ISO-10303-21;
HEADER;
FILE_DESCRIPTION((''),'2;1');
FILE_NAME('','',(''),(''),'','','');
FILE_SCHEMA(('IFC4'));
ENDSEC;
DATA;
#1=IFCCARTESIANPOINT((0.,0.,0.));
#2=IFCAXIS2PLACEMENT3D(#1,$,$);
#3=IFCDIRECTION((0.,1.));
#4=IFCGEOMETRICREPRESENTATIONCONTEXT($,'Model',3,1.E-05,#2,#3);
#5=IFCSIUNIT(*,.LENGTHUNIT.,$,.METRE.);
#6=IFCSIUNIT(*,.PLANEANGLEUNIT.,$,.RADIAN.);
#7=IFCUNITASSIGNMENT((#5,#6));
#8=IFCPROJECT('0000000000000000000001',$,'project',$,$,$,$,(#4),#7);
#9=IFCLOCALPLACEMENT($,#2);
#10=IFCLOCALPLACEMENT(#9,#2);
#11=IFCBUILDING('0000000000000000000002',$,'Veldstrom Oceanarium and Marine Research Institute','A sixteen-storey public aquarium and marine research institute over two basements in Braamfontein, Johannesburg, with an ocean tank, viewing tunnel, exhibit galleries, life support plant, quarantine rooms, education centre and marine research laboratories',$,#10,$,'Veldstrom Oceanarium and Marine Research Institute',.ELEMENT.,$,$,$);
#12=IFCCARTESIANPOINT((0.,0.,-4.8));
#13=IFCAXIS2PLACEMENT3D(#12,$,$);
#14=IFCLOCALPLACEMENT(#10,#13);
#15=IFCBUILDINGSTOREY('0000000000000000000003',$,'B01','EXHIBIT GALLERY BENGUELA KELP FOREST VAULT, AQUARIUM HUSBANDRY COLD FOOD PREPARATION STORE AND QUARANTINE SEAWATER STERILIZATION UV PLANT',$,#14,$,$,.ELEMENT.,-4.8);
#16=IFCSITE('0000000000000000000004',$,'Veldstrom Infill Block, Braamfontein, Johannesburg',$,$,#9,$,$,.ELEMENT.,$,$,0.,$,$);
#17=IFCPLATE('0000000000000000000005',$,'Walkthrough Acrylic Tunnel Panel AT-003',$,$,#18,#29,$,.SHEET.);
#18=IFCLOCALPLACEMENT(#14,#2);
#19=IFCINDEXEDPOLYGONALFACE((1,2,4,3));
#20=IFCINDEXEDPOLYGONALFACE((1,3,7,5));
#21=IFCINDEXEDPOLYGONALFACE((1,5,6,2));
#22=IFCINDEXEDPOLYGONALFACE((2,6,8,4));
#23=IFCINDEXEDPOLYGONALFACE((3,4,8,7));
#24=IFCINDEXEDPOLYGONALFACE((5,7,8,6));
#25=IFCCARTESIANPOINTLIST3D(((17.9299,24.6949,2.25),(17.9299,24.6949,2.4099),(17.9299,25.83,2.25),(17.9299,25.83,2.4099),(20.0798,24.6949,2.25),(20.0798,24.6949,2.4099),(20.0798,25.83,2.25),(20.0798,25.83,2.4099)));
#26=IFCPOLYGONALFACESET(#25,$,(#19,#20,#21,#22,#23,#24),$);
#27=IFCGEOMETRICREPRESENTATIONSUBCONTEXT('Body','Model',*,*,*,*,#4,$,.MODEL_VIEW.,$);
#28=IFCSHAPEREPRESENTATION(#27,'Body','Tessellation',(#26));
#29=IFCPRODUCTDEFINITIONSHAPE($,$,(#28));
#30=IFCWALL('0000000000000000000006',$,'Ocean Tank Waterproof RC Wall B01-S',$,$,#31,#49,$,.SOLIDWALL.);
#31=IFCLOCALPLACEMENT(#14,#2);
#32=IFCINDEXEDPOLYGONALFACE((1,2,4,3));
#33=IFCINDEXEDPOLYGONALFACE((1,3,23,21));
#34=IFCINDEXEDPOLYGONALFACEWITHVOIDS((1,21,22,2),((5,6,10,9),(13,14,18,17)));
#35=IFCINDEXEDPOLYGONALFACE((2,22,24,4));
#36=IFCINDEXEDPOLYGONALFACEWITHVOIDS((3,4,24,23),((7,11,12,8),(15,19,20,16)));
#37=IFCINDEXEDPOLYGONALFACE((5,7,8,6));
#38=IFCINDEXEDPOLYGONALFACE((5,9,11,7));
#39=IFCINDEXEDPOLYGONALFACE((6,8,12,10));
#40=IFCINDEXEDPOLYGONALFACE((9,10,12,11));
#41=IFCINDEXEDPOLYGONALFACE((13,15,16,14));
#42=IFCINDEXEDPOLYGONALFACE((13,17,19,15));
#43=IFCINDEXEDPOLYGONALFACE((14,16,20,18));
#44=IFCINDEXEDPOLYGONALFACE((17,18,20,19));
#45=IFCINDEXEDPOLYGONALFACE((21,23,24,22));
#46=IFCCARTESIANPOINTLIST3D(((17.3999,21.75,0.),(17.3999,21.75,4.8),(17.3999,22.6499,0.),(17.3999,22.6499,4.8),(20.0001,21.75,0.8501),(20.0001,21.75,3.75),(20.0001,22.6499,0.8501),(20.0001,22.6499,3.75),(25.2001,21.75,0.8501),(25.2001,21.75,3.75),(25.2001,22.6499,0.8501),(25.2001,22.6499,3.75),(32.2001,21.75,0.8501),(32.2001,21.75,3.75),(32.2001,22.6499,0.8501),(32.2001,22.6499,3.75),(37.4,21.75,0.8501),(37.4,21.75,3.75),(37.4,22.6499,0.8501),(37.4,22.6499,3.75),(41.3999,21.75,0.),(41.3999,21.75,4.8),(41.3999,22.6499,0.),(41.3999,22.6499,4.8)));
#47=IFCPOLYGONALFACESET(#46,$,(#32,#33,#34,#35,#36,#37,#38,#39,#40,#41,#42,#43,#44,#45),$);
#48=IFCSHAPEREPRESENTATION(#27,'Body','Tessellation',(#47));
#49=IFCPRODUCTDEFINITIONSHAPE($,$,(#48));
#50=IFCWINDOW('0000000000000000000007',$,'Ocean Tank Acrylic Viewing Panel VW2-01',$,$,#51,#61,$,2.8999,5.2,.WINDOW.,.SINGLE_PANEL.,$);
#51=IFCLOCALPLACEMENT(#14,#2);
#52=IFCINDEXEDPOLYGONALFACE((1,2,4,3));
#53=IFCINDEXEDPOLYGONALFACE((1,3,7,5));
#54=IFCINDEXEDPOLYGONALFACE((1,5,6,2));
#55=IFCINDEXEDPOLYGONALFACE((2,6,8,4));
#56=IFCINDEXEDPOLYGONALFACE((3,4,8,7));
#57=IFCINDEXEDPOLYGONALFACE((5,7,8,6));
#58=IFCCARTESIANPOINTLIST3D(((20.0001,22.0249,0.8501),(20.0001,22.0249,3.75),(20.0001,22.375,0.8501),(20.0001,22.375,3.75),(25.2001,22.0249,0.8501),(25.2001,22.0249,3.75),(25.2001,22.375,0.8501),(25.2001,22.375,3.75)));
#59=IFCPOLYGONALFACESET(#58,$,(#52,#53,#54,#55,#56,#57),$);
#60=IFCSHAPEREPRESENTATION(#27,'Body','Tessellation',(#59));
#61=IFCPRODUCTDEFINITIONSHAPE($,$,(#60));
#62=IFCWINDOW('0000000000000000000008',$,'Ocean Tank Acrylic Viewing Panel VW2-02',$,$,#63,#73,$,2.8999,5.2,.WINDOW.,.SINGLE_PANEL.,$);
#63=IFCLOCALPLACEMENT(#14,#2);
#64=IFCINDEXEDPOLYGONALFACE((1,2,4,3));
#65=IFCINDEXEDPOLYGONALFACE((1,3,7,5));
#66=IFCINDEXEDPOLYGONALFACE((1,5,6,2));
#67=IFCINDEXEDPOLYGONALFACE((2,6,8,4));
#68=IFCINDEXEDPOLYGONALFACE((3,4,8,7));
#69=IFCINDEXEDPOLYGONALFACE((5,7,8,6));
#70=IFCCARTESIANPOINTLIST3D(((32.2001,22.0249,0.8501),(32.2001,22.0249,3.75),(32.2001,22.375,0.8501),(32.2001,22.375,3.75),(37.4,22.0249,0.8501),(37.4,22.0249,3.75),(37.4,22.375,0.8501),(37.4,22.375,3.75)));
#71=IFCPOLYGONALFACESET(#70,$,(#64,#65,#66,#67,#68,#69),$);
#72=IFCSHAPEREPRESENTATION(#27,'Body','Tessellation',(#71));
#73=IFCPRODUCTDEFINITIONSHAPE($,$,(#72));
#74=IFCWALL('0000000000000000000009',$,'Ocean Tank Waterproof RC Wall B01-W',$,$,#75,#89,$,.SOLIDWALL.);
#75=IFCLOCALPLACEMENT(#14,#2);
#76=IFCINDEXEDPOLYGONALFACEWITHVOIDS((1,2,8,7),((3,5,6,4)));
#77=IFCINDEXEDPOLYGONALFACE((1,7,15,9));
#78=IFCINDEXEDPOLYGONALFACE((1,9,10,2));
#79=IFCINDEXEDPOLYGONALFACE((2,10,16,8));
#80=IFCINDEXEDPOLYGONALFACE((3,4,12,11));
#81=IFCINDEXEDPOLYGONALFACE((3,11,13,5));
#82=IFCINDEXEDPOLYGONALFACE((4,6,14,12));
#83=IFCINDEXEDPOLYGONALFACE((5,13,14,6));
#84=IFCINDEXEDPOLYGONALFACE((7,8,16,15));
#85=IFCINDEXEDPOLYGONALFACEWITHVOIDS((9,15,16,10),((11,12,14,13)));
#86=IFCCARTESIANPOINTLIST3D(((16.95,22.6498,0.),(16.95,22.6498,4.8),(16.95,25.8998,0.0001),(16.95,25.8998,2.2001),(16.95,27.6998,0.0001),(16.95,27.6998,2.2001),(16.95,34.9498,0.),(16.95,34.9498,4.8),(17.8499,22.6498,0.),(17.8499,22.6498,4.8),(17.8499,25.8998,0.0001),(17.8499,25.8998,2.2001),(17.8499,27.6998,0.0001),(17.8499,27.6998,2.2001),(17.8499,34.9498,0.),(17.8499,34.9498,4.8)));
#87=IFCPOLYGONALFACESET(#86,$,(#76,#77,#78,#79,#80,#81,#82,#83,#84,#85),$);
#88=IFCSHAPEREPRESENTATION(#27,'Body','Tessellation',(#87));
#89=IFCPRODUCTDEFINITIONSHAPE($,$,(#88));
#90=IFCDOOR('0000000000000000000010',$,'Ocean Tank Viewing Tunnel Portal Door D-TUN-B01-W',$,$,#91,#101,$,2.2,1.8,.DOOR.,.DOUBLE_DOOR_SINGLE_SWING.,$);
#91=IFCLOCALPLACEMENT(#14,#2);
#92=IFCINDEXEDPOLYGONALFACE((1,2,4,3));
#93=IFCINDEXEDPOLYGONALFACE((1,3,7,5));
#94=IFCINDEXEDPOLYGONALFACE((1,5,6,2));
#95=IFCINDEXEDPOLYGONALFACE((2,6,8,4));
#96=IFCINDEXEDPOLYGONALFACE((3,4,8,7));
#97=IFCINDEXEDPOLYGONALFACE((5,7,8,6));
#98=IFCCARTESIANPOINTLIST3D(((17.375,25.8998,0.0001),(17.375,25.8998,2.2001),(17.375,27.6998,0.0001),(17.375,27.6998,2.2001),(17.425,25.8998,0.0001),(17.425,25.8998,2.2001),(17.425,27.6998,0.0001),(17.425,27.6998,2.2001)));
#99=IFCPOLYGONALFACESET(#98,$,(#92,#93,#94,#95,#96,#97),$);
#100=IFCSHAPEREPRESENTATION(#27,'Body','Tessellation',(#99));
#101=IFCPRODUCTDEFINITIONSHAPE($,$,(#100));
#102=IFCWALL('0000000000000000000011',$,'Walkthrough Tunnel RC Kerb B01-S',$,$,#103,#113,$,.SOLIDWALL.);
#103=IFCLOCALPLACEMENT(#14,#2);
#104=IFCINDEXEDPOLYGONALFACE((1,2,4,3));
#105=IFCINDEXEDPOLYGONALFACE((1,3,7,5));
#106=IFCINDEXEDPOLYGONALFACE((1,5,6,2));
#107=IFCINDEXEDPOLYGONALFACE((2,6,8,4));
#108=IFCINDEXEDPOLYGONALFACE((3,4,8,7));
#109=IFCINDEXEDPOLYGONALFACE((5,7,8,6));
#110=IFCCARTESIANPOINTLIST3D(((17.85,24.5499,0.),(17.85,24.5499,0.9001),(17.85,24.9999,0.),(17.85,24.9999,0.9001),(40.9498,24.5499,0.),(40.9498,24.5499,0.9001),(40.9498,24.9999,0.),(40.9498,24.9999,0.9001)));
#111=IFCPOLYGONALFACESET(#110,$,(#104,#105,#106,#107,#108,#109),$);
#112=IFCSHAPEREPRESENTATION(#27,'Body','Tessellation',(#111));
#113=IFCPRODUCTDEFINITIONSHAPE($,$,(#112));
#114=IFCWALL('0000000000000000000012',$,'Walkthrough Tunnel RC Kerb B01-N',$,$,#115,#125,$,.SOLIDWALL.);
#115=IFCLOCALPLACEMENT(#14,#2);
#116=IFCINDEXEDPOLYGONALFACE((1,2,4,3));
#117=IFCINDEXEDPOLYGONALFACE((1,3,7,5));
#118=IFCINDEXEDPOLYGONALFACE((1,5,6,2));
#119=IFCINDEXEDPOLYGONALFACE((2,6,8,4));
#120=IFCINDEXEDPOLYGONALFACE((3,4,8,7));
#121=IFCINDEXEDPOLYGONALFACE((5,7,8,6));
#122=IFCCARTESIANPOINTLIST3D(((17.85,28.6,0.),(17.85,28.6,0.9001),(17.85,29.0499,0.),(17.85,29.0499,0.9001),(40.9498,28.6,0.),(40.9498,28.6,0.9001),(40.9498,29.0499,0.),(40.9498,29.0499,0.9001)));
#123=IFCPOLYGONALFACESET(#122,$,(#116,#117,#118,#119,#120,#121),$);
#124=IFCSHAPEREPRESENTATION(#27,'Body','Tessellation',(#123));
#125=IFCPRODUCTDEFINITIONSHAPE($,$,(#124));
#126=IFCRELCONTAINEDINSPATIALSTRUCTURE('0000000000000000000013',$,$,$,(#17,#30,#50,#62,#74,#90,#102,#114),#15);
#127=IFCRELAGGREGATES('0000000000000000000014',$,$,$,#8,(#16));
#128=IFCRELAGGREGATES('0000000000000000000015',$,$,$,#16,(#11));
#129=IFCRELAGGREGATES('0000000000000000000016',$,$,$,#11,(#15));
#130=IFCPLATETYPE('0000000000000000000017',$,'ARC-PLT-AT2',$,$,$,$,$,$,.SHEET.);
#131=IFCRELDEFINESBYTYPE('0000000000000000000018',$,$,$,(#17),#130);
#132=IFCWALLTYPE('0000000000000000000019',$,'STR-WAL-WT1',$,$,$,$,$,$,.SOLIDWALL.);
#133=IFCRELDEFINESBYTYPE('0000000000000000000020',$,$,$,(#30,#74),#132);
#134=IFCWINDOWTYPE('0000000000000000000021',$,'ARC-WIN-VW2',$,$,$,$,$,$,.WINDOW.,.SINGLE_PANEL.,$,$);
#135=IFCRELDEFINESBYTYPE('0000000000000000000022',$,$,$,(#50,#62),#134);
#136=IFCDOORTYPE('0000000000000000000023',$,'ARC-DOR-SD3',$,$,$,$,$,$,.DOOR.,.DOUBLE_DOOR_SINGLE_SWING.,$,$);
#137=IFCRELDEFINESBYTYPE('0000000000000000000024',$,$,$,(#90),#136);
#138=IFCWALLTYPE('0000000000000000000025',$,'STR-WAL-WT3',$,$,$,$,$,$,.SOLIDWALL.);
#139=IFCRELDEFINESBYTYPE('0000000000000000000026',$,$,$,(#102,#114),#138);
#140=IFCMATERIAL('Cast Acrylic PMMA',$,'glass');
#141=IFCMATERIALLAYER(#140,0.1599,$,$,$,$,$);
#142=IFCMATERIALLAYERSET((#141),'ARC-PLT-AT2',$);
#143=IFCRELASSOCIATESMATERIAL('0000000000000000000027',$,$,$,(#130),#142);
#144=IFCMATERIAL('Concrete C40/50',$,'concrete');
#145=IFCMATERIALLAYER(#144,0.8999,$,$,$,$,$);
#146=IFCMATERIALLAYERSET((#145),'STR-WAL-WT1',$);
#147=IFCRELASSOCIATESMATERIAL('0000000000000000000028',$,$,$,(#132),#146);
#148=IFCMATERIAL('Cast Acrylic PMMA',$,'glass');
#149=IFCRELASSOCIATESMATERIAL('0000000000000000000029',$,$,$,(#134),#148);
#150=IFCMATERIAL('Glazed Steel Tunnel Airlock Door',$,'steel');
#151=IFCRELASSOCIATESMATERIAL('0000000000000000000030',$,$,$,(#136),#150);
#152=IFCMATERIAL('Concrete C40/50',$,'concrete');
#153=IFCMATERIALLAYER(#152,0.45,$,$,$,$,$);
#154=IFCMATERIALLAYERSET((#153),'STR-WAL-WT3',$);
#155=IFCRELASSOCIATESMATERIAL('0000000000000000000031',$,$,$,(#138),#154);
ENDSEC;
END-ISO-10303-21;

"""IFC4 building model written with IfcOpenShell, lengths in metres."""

from ifc_helpers import new_model, si_unit, direction, frame, frame_2d, origin, origin_2d, place, context, subcontext, project, spatial, rectangle, extrude, material, layer, layer_set, type_object, element, fill, save


model = new_model("IFC4")

# Units and contexts
model_context = context("Model", 3, precision=1e-05, world=origin(), true_north=direction((0.0, 1.0)))
body_context = subcontext(model_context, "Body", "Model", "MODEL_VIEW")
ifc_project = project(units=[si_unit("LENGTHUNIT", "METRE"), si_unit("PLANEANGLEUNIT", "RADIAN")], contexts=[model_context])

# Site, building, storey
site_placement = place(None, origin())
site = spatial("IfcSite", under=ifc_project, at=site_placement, Name="Veldstrom Infill Block, Braamfontein, Johannesburg", CompositionType="ELEMENT", RefElevation=0.0)
building_placement = place(site_placement, origin())
building = spatial("IfcBuilding", under=site, at=building_placement, Name="Veldstrom Oceanarium and Marine Research Institute", Description="A sixteen-storey public aquarium and marine research institute over two basements in Braamfontein, Johannesburg, with an ocean tank, viewing tunnel, exhibit galleries, life support plant, quarantine rooms, education centre and marine research laboratories", LongName="Veldstrom Oceanarium and Marine Research Institute", CompositionType="ELEMENT")
storey_placement = place(building_placement, frame((0.0, 0.0, -4.8)))
storey = spatial("IfcBuildingStorey", under=building, at=storey_placement, Name="B01", Description="EXHIBIT GALLERY BENGUELA KELP FOREST VAULT, AQUARIUM HUSBANDRY COLD FOOD PREPARATION STORE AND QUARANTINE SEAWATER STERILIZATION UV PLANT", CompositionType="ELEMENT", Elevation=-4.8)

# Plate
ifc_material_1 = material(Name="Cast Acrylic PMMA", Category="glass")
ifc_layer_1 = layer(ifc_material_1, 0.1599)
ifc_layer_set_1 = layer_set([ifc_layer_1], Name="ARC-PLT-AT2")
plate_type_1 = type_object("IfcPlateType", Name="ARC-PLT-AT2", PredefinedType="SHEET", material=ifc_layer_set_1)
plate_1_placement = place(storey_placement, frame((19.0049, 25.2625, 2.25), z_axis=(0.0, 0.0, 1.0), x_axis=(1.0, 0.0, 0.0)))
element("IfcPlate", 1, at=plate_1_placement, inside=storey, type_object=plate_type_1, Name="Walkthrough Acrylic Tunnel Panel AT-003", PredefinedType="SHEET", context=body_context, shape_type="SweptSolid", body=[
    extrude(rectangle(XDim=2.1499, YDim=1.135, at=origin_2d()), origin(), (0.0, 0.0, 1.0), 0.1599),
])

# Wall, openings, windows
ifc_material_2 = material(Name="Concrete C40/50", Category="concrete")
ifc_layer_2 = layer(ifc_material_2, 0.8999)
ifc_layer_set_2 = layer_set([ifc_layer_2], Name="STR-WAL-WT1")
wall_type_1 = type_object("IfcWallType", Name="STR-WAL-WT1", PredefinedType="SOLIDWALL", material=ifc_layer_set_2)
wall_1_placement = place(storey_placement, frame((17.3999, 22.2, 0.0), z_axis=(0.0, 0.0, 1.0), x_axis=(1.0, 0.0, 0.0)))
wall_1 = element("IfcWall", 2, at=wall_1_placement, inside=storey, type_object=wall_type_1, Name="Ocean Tank Waterproof RC Wall B01-S", PredefinedType="SOLIDWALL", context=body_context, shape_type="SweptSolid", body=[
    extrude(rectangle(XDim=24.0, YDim=0.8999, at=frame_2d((12.0, 0.0))), origin(), (0.0, 0.0, 1.0), 4.8),
])
opening_1_placement = place(wall_1_placement, frame((2.6001, 0.0, 0.8501)))
opening_1 = element("IfcOpeningElement", 3, at=opening_1_placement, cuts=wall_1, PredefinedType="OPENING", context=body_context, shape_type="SweptSolid", body=[
    extrude(rectangle(XDim=5.2, YDim=2.8999, at=frame_2d((2.6001, 1.45))), frame((0.0, 0.46, 0.0), z_axis=(0.0, -1.0, 0.0), x_axis=(1.0, 0.0, 0.0)), (0.0, 0.0, 1.0), 0.9199),
])
opening_2_placement = place(wall_1_placement, frame((14.8, 0.0, 0.8501)))
opening_2 = element("IfcOpeningElement", 4, at=opening_2_placement, cuts=wall_1, PredefinedType="OPENING", context=body_context, shape_type="SweptSolid", body=[
    extrude(rectangle(XDim=5.2, YDim=2.8999, at=frame_2d((2.6001, 1.45))), frame((0.0, 0.46, 0.0), z_axis=(0.0, -1.0, 0.0), x_axis=(1.0, 0.0, 0.0)), (0.0, 0.0, 1.0), 0.9199),
])
ifc_material_3 = material(Name="Cast Acrylic PMMA", Category="glass")
window_type = type_object("IfcWindowType", Name="ARC-WIN-VW2", PartitioningType="SINGLE_PANEL", PredefinedType="WINDOW", material=ifc_material_3)
window_1_placement = place(opening_1_placement, origin())
window_1 = element("IfcWindow", 5, at=window_1_placement, inside=storey, type_object=window_type, Name="Ocean Tank Acrylic Viewing Panel VW2-01", OverallHeight=2.8999, OverallWidth=5.2, PartitioningType="SINGLE_PANEL", PredefinedType="WINDOW", context=body_context, shape_type="SweptSolid", body=[
    extrude(rectangle(XDim=5.2, YDim=2.8999, at=frame_2d((2.6001, 1.45))), frame((0.0, 0.175, 0.0), z_axis=(0.0, -1.0, 0.0), x_axis=(1.0, 0.0, 0.0)), (0.0, 0.0, 1.0), 0.3501),
])
fill(opening_1, window_1)
window_2_placement = place(opening_2_placement, origin())
window_2 = element("IfcWindow", 6, at=window_2_placement, inside=storey, type_object=window_type, Name="Ocean Tank Acrylic Viewing Panel VW2-02", OverallHeight=2.8999, OverallWidth=5.2, PartitioningType="SINGLE_PANEL", PredefinedType="WINDOW", context=body_context, shape_type="SweptSolid", body=[
    extrude(rectangle(XDim=5.2, YDim=2.8999, at=frame_2d((2.6001, 1.45))), frame((0.0, 0.175, 0.0), z_axis=(0.0, -1.0, 0.0), x_axis=(1.0, 0.0, 0.0)), (0.0, 0.0, 1.0), 0.3501),
])
fill(opening_2, window_2)

# Wall, opening, door
wall_2_placement = place(storey_placement, frame((17.3999, 22.6499, 0.0), z_axis=(0.0, 0.0, 1.0), x_axis=(0.0, 1.0, 0.0)))
wall_2 = element("IfcWall", 7, at=wall_2_placement, inside=storey, type_object=wall_type_1, Name="Ocean Tank Waterproof RC Wall B01-W", PredefinedType="SOLIDWALL", context=body_context, shape_type="SweptSolid", body=[
    extrude(rectangle(XDim=12.3, YDim=0.8999, at=frame_2d((6.1499, 0.0))), origin(), (0.0, 0.0, 1.0), 4.8),
])
opening_3_placement = place(wall_2_placement, frame((3.25, 0.0, 0.0)))
opening_3 = element("IfcOpeningElement", 8, at=opening_3_placement, cuts=wall_2, PredefinedType="OPENING", context=body_context, shape_type="SweptSolid", body=[
    extrude(rectangle(XDim=1.8, YDim=2.2, at=frame_2d((0.8999, 1.1001))), frame((0.0, 0.46, 0.0), z_axis=(0.0, -1.0, 0.0), x_axis=(1.0, 0.0, 0.0)), (0.0, 0.0, 1.0), 0.9199),
])
ifc_material_4 = material(Name="Glazed Steel Tunnel Airlock Door", Category="steel")
door_type = type_object("IfcDoorType", Name="ARC-DOR-SD3", OperationType="DOUBLE_DOOR_SINGLE_SWING", PredefinedType="DOOR", material=ifc_material_4)
door_placement = place(opening_3_placement, origin())
door = element("IfcDoor", 9, at=door_placement, inside=storey, type_object=door_type, Name="Ocean Tank Viewing Tunnel Portal Door D-TUN-B01-W", OperationType="DOUBLE_DOOR_SINGLE_SWING", OverallHeight=2.2, OverallWidth=1.8, PredefinedType="DOOR", context=body_context, shape_type="SweptSolid", body=[
    extrude(rectangle(XDim=1.8, YDim=2.2, at=frame_2d((0.8999, 1.1001))), frame((0.0, 0.0249, 0.0), z_axis=(0.0, -1.0, 0.0), x_axis=(1.0, 0.0, 0.0)), (0.0, 0.0, 1.0), 0.05),
])
fill(opening_3, door)

# Walls
ifc_material_5 = material(Name="Concrete C40/50", Category="concrete")
ifc_layer_3 = layer(ifc_material_5, 0.45)
ifc_layer_set_3 = layer_set([ifc_layer_3], Name="STR-WAL-WT3")
wall_type_2 = type_object("IfcWallType", Name="STR-WAL-WT3", PredefinedType="SOLIDWALL", material=ifc_layer_set_3)
for number, where, z_axis, x_axis, name in (
    (10, (17.8501, 24.7749, 0.0), (0.0, 0.0, 1.0), (1.0, 0.0, 0.0), "Walkthrough Tunnel RC Kerb B01-S"),
    (11, (17.8501, 28.825, 0.0), (0.0, 0.0, 1.0), (1.0, 0.0, 0.0), "Walkthrough Tunnel RC Kerb B01-N"),
):
    element("IfcWall", number, at=place(storey_placement, frame(where, z_axis=z_axis, x_axis=x_axis)), inside=storey, type_object=wall_type_2, Name=name, PredefinedType="SOLIDWALL", context=body_context, shape_type="SweptSolid", body=[
        extrude(rectangle(XDim=23.0999, YDim=0.45, at=frame_2d((11.5498, 0.0))), origin(), (0.0, 0.0, 1.0), 0.9001),
    ])

save(model, "model.ifc")
